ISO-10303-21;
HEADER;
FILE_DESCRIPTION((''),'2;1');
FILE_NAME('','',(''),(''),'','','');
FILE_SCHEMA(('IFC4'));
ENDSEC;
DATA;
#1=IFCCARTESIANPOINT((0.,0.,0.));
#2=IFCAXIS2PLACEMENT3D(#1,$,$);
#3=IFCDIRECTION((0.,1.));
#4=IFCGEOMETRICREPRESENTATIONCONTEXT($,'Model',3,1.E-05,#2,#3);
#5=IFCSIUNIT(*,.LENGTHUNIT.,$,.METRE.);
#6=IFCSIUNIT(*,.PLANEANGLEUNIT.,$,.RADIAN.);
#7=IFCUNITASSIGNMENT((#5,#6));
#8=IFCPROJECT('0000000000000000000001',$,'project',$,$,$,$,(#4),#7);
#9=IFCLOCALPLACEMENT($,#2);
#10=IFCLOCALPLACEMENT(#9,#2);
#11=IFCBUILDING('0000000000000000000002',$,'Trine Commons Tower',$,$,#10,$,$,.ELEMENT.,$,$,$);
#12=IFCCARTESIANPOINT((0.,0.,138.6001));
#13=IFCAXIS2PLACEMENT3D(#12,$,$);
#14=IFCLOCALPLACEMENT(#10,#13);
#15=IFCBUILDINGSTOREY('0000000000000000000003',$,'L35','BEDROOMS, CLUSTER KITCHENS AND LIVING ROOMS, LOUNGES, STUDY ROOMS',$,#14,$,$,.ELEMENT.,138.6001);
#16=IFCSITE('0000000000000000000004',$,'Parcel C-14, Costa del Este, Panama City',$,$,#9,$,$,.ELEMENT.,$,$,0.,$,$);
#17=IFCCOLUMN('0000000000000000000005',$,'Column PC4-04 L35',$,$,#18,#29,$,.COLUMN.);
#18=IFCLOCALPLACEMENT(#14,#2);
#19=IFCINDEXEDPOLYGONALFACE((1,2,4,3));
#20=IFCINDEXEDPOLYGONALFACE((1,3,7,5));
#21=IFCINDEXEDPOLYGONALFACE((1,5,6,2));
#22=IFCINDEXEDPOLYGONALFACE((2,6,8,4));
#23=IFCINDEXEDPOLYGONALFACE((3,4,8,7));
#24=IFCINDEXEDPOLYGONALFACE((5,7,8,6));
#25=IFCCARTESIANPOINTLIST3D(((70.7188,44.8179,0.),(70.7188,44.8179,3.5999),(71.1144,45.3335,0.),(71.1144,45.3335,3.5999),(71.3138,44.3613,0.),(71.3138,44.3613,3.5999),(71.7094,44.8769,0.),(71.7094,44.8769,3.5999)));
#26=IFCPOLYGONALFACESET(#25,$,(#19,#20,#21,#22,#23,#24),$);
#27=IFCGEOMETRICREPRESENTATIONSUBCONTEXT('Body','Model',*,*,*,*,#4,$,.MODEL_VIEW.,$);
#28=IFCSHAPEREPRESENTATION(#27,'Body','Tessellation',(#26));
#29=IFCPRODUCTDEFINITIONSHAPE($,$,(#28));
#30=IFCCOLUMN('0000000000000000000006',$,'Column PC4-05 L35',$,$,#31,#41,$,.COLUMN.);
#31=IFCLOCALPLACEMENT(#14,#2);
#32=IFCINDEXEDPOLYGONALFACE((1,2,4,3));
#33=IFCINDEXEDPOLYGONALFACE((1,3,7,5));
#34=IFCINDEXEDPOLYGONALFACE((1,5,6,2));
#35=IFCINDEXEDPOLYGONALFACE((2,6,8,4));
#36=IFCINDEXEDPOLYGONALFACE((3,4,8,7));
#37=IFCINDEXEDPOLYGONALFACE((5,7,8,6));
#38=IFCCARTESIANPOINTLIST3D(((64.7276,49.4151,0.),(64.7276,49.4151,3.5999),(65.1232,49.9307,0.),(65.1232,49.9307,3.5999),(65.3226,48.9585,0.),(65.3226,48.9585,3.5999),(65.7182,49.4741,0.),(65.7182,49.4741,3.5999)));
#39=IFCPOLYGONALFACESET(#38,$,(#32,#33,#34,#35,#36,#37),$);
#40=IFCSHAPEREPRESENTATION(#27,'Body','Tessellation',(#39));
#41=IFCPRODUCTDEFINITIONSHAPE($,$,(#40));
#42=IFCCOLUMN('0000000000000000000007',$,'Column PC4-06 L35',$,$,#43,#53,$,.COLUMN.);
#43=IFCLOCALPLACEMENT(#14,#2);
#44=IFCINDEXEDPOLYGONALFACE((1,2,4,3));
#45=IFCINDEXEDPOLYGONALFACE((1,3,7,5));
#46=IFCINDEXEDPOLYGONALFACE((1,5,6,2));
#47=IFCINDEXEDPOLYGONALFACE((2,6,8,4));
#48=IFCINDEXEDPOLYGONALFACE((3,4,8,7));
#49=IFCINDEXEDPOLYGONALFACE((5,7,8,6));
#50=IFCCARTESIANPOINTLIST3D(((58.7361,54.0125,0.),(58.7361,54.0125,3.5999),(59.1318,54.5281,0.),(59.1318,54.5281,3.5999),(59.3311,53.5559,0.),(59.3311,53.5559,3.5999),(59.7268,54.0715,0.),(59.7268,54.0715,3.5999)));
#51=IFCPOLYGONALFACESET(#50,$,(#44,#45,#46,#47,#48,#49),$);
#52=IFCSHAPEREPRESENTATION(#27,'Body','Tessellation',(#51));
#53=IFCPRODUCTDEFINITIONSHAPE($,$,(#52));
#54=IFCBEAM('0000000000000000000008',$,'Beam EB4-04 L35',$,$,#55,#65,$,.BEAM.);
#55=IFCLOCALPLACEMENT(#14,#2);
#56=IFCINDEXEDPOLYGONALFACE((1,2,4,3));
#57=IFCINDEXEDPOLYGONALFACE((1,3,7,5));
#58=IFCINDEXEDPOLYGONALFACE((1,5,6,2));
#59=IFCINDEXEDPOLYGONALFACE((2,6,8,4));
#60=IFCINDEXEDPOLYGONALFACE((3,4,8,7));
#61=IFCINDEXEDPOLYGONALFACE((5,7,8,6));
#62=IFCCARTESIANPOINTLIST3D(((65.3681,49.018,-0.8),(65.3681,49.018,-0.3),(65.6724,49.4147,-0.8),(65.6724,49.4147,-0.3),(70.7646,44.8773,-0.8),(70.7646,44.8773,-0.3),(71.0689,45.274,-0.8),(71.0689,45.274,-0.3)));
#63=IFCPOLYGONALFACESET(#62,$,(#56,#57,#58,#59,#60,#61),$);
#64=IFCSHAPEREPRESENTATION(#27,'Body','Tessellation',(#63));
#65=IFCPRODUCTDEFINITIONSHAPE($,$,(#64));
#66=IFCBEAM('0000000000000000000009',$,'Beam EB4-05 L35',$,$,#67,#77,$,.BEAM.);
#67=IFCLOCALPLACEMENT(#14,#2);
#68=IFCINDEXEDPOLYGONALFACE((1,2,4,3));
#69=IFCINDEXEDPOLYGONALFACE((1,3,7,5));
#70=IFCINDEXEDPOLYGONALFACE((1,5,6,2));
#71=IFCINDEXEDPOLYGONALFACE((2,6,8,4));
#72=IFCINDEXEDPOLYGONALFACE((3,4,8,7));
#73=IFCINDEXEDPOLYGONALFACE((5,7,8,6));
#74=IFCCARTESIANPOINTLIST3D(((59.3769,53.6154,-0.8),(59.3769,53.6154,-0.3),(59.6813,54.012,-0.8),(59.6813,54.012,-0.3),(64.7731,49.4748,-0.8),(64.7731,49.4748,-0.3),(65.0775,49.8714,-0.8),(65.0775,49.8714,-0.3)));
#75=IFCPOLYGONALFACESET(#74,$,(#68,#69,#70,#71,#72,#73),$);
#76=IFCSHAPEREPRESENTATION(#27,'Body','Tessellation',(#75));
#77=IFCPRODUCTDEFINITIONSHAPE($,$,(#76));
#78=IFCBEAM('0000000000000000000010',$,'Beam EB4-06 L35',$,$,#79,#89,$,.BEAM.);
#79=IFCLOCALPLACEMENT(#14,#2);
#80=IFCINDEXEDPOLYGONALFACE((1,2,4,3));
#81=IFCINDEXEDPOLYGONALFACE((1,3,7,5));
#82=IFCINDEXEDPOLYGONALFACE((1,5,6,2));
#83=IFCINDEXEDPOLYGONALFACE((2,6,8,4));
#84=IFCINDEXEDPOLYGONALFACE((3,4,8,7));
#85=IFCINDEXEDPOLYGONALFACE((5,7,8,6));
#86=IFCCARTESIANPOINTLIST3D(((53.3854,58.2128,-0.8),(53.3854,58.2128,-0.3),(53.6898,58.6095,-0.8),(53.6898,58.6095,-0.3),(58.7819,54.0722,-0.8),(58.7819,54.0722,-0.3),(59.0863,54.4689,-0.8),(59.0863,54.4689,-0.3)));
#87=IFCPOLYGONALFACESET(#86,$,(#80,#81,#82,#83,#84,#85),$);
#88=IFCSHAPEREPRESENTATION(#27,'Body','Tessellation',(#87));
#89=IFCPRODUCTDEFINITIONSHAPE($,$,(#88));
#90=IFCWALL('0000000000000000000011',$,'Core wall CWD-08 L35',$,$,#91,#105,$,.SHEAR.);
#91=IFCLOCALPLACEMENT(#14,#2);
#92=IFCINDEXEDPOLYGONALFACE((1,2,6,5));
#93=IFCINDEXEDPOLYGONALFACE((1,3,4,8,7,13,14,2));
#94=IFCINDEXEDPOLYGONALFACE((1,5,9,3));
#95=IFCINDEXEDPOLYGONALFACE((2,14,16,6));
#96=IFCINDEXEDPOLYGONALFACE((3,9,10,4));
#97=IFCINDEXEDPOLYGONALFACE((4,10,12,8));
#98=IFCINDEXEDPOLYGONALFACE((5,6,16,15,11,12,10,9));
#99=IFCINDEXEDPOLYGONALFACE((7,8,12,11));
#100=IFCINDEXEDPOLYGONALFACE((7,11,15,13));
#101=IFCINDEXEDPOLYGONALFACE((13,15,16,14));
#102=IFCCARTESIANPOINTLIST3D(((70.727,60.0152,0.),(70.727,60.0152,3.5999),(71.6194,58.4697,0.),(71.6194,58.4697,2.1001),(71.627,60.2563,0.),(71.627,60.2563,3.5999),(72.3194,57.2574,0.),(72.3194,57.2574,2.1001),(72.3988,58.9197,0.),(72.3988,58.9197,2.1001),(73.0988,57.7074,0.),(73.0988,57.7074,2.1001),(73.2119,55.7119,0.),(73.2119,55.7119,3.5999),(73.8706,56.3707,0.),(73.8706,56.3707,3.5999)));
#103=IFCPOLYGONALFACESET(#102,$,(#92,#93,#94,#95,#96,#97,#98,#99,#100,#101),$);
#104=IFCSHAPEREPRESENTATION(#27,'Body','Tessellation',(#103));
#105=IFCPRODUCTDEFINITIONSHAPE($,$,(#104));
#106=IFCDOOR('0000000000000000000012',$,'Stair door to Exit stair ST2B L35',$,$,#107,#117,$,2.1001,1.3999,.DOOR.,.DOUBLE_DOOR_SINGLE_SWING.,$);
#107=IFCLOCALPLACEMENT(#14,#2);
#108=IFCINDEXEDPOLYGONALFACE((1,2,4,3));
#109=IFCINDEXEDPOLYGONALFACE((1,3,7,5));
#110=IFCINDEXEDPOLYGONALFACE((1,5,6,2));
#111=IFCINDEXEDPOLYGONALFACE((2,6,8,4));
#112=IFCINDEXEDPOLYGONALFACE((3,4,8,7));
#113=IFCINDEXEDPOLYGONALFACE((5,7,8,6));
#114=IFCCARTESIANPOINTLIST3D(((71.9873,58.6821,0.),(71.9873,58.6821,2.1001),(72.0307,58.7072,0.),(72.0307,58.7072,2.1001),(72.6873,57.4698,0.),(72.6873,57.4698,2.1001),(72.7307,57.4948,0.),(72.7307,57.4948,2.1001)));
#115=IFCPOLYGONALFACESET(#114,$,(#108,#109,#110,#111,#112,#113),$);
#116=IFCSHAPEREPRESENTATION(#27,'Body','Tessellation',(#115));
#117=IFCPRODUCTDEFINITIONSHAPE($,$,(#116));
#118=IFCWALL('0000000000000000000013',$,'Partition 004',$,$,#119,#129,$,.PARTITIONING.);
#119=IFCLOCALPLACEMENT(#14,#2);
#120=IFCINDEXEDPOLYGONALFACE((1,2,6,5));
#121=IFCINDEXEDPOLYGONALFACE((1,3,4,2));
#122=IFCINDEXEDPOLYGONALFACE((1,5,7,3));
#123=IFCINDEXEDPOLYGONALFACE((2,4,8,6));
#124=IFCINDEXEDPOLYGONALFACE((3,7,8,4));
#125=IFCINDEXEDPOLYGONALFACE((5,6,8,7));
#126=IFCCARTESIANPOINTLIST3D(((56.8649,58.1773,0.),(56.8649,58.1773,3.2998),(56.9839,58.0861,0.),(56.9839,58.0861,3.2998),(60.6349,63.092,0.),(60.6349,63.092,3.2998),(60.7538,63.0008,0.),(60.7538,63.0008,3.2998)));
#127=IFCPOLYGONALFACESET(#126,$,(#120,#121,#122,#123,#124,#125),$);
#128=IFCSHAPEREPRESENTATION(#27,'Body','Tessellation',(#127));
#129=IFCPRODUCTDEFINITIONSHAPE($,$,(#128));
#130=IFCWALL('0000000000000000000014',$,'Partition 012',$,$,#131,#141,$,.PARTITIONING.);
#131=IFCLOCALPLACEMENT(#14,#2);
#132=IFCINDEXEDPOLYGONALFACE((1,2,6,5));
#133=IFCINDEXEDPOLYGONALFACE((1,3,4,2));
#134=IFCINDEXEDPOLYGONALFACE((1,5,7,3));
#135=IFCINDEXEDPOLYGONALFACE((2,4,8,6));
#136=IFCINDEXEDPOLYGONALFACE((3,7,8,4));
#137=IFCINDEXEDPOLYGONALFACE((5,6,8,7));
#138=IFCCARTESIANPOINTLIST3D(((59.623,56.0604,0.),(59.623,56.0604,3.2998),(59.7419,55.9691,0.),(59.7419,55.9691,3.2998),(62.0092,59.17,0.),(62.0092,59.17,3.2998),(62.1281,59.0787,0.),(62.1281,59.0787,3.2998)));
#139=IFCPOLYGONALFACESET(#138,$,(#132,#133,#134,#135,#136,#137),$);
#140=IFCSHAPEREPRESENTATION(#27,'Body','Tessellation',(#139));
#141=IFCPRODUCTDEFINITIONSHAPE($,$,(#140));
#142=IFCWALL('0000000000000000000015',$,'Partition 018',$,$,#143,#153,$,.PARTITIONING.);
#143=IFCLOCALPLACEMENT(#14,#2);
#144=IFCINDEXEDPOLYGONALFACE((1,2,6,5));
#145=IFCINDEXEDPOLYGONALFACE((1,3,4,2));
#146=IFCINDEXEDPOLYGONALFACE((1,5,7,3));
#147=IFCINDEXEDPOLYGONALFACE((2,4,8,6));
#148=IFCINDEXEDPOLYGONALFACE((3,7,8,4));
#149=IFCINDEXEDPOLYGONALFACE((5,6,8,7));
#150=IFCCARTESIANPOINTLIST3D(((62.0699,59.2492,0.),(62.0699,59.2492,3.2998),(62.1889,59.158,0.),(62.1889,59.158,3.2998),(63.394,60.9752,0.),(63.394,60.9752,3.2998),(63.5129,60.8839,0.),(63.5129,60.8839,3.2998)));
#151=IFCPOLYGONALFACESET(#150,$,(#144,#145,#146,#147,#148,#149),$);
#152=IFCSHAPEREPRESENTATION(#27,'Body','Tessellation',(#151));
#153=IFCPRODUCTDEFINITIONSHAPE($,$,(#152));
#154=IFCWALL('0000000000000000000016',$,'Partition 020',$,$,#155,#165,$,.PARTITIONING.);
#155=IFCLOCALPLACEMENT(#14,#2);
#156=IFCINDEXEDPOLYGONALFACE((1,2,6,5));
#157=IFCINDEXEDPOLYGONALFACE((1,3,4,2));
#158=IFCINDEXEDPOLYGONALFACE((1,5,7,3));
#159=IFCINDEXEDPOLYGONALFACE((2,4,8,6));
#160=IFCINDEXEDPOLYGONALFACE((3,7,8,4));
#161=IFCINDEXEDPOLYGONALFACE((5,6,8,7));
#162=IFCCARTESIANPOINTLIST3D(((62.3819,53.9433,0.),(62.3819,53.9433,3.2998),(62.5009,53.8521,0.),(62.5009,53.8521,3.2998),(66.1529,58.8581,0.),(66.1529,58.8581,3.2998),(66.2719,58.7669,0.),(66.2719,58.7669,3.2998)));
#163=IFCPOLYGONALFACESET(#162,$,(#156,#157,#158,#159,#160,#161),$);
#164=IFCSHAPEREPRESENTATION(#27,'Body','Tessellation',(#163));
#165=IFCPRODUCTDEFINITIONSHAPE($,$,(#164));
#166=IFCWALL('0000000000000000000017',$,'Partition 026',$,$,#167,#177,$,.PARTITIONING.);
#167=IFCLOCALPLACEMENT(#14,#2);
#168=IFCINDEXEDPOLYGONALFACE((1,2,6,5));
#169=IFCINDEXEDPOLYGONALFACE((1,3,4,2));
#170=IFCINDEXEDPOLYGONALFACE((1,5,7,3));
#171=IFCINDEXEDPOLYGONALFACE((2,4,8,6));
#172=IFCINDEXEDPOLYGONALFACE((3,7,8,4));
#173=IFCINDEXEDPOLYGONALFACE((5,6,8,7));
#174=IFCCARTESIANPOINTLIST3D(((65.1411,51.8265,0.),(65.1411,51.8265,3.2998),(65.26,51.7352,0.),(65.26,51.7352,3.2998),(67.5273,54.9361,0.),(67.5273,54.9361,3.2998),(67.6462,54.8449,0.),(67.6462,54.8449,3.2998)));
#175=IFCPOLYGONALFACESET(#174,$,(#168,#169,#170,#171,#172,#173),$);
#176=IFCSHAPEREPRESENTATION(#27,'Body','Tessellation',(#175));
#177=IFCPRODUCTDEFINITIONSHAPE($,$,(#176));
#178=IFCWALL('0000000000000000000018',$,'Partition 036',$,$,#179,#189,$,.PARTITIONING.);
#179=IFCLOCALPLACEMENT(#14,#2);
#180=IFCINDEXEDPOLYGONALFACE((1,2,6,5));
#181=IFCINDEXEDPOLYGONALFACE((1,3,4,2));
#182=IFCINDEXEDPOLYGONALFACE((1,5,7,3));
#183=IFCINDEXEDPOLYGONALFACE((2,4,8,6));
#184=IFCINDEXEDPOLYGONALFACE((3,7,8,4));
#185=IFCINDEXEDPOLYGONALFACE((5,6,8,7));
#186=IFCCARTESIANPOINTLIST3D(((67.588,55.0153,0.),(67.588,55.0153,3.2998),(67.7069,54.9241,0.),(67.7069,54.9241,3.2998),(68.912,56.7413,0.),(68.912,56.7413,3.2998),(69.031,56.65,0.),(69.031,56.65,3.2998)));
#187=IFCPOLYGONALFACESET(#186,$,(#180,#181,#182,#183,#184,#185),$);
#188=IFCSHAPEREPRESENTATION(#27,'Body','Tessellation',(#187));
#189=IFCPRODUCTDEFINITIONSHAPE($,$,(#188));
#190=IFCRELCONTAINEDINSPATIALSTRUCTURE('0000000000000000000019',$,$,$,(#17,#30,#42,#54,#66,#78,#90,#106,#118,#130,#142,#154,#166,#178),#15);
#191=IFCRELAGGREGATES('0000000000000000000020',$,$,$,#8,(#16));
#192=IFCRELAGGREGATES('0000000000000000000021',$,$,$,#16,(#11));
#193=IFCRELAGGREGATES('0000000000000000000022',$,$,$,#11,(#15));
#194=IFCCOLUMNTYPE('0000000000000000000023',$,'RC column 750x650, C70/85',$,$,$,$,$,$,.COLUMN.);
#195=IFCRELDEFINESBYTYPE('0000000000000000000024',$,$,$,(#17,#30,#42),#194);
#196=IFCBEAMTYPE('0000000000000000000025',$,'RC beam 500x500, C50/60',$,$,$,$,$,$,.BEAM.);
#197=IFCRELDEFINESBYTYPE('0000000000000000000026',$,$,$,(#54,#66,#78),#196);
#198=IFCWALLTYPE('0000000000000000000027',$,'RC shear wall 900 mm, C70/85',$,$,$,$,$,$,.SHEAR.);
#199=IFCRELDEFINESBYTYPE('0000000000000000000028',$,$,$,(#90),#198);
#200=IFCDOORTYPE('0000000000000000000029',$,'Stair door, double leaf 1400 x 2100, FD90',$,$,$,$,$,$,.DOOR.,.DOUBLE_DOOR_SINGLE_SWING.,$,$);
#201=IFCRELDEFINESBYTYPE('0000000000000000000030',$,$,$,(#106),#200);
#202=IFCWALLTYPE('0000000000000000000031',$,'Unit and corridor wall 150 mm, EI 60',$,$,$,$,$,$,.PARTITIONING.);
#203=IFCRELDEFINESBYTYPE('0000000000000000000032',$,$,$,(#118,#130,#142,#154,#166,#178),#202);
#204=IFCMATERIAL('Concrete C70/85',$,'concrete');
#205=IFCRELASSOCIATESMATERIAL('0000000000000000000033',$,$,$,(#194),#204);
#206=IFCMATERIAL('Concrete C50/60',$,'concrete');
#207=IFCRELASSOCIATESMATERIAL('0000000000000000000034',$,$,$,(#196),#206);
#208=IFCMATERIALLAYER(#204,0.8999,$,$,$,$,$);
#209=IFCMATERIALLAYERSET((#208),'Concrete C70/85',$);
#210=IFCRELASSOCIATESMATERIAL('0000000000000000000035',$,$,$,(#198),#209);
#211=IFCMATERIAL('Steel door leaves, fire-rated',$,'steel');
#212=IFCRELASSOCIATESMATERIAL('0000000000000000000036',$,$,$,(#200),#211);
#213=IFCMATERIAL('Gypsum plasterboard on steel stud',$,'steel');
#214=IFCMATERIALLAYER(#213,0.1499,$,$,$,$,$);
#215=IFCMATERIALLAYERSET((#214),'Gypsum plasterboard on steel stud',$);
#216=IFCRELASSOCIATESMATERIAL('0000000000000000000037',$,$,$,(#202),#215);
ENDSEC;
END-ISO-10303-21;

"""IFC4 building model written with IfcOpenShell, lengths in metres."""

from ifc_helpers import new_model, si_unit, direction, frame, frame_2d, origin, origin_2d, place, context, subcontext, project, spatial, polyline, rectangle, outline, extrude, material, layer, layer_set, material_profile, profile_set, type_object, element, fill, save


model = new_model("IFC4")

# Units and contexts
model_context = context("Model", 3, precision=1e-05, world=origin(), true_north=direction((0.0, 1.0)))
body_context = subcontext(model_context, "Body", "Model", "MODEL_VIEW")
ifc_project = project(units=[si_unit("LENGTHUNIT", "METRE"), si_unit("PLANEANGLEUNIT", "RADIAN")], contexts=[model_context])

# Site, building, storey
site_placement = place(None, origin())
site = spatial("IfcSite", under=ifc_project, at=site_placement, Name="Parcel C-14, Costa del Este, Panama City", CompositionType="ELEMENT", RefElevation=0.0)
building_placement = place(site_placement, origin())
building = spatial("IfcBuilding", under=site, at=building_placement, Name="Trine Commons Tower", CompositionType="ELEMENT")
storey_placement = place(building_placement, frame((0.0, 0.0, 138.6001)))
storey = spatial("IfcBuildingStorey", under=building, at=storey_placement, Name="L35", Description="BEDROOMS, CLUSTER KITCHENS AND LIVING ROOMS, LOUNGES, STUDY ROOMS", CompositionType="ELEMENT", Elevation=138.6001)

# Columns
ifc_material_1 = material(Name="Concrete C70/85", Category="concrete")
ifc_material_profile_1 = material_profile(ifc_material_1, rectangle(XDim=0.75, YDim=0.6499, at=origin_2d()), Name="RC 750x650")
ifc_profile_set_1 = profile_set([ifc_material_profile_1], Name="Concrete C70/85")
column_type = type_object("IfcColumnType", Name="RC column 750x650, C70/85", PredefinedType="COLUMN", material=ifc_profile_set_1)
for number, where, z_axis, x_axis, name in (
    (1, (71.2141, 44.8474, 0.0), (0.0, 0.0, 1.0), (-0.793353, 0.608761, 0.0), "Column PC4-04 L35"),
    (2, (65.2229, 49.4446, 0.0), (0.0, 0.0, 1.0), (-0.793353, 0.608761, 0.0), "Column PC4-05 L35"),
    (3, (59.2314, 54.042, 0.0), (0.0, 0.0, 1.0), (-0.793353, 0.608761, 0.0), "Column PC4-06 L35"),
):
    element("IfcColumn", number, at=place(storey_placement, frame(where, z_axis=z_axis, x_axis=x_axis)), inside=storey, type_object=column_type, Name=name, PredefinedType="COLUMN", context=body_context, shape_type="SweptSolid", body=[
        extrude(rectangle(XDim=0.75, YDim=0.6499, at=origin_2d()), origin(), (0.0, 0.0, 1.0), 3.5999),
    ])

# Beams
ifc_material_2 = material(Name="Concrete C50/60", Category="concrete")
ifc_material_profile_2 = material_profile(ifc_material_2, rectangle(XDim=0.5, YDim=0.5, at=origin_2d()), Name="RC 500x500")
ifc_profile_set_2 = profile_set([ifc_material_profile_2], Name="Concrete C50/60")
beam_type = type_object("IfcBeamType", Name="RC beam 500x500, C50/60", PredefinedType="BEAM", material=ifc_profile_set_2)
beam_1_placement = place(storey_placement, frame((70.9167, 45.0757, -0.55), z_axis=(-0.793371, 0.608739, 0.0), x_axis=(-0.608739, -0.793371, 0.0)))
element("IfcBeam", 4, at=beam_1_placement, inside=storey, type_object=beam_type, Name="Beam EB4-04 L35", PredefinedType="BEAM", context=body_context, shape_type="SweptSolid", body=[
    extrude(rectangle(XDim=0.5, YDim=0.5, at=origin_2d()), origin(), (0.0, 0.0, 1.0), 6.802),
])
beam_2_placement = place(storey_placement, frame((64.9253, 49.6731, -0.55), z_axis=(-0.793357, 0.608756, 0.0), x_axis=(-0.608756, -0.793357, 0.0)))
element("IfcBeam", 5, at=beam_2_placement, inside=storey, type_object=beam_type, Name="Beam EB4-05 L35", PredefinedType="BEAM", context=body_context, shape_type="SweptSolid", body=[
    extrude(rectangle(XDim=0.5, YDim=0.5, at=origin_2d()), origin(), (0.0, 0.0, 1.0), 6.8018),
])
beam_3_placement = place(storey_placement, frame((58.9341, 54.2705, -0.55), z_axis=(-0.793371, 0.608739, 0.0), x_axis=(-0.608739, -0.793371, 0.0)))
element("IfcBeam", 6, at=beam_3_placement, inside=storey, type_object=beam_type, Name="Beam EB4-06 L35", PredefinedType="BEAM", context=body_context, shape_type="SweptSolid", body=[
    extrude(rectangle(XDim=0.5, YDim=0.5, at=origin_2d()), origin(), (0.0, 0.0, 1.0), 6.802),
])

# Wall, opening, door
ifc_layer_1 = layer(ifc_material_1, 0.8999)
ifc_layer_set_1 = layer_set([ifc_layer_1], Name="Concrete C70/85")
wall_type_1 = type_object("IfcWallType", Name="RC shear wall 900 mm, C70/85", PredefinedType="SHEAR", material=ifc_layer_set_1)
wall_1_placement = place(storey_placement, frame((71.1167, 60.2402, 0.0), z_axis=(0.0, 0.0, 1.0), x_axis=(0.500039, -0.866003, 0.0)))
wall_1 = element("IfcWall", 7, at=wall_1_placement, inside=storey, type_object=wall_type_1, Name="Core wall CWD-08 L35", PredefinedType="SHEAR", context=body_context, shape_type="SweptSolid", body=[
    extrude(outline(polyline([(0.0, -0.45), (4.9692, -0.45), (4.728, 0.45), (0.2412, 0.45), (0.0, -0.45)])), origin(), (0.0, 0.0, 1.0), 3.5999),
])
opening_1_placement = place(wall_1_placement, frame((1.7847, 0.0, 0.0)))
opening_1 = element("IfcOpeningElement", 8, at=opening_1_placement, cuts=wall_1, PredefinedType="OPENING", context=body_context, shape_type="SweptSolid", body=[
    extrude(rectangle(XDim=1.3999, YDim=2.1001, at=frame_2d((0.7, 1.05))), frame((0.0, 0.46, 0.0), z_axis=(0.0, -1.0, 0.0), x_axis=(1.0, 0.0, 0.0)), (0.0, 0.0, 1.0), 0.9199),
])
ifc_material_3 = material(Name="Steel door leaves, fire-rated", Category="steel")
door_type_1 = type_object("IfcDoorType", Name="Stair door, double leaf 1400 x 2100, FD90", OperationType="DOUBLE_DOOR_SINGLE_SWING", PredefinedType="DOOR", material=ifc_material_3)
door_1_placement = place(opening_1_placement, origin())
door_1 = element("IfcDoor", 9, at=door_1_placement, inside=storey, type_object=door_type_1, Name="Stair door to Exit stair ST2B L35", OperationType="DOUBLE_DOOR_SINGLE_SWING", OverallHeight=2.1001, OverallWidth=1.3999, PredefinedType="DOOR", context=body_context, shape_type="SweptSolid", body=[
    extrude(rectangle(XDim=1.3999, YDim=2.1001, at=frame_2d((0.7, 1.05))), frame((0.0, 0.0249, 0.0), z_axis=(0.0, -1.0, 0.0), x_axis=(1.0, 0.0, 0.0)), (0.0, 0.0, 1.0), 0.05),
])
fill(opening_1, door_1)

# Walls
ifc_material_4 = material(Name="Gypsum plasterboard on steel stud", Category="steel")
ifc_layer_2 = layer(ifc_material_4, 0.1499)
ifc_layer_set_2 = layer_set([ifc_layer_2], Name="Gypsum plasterboard on steel stud")
wall_type_2 = type_object("IfcWallType", Name="Unit and corridor wall 150 mm, EI 60", PredefinedType="PARTITIONING", material=ifc_layer_set_2)
wall_2_placement = place(storey_placement, frame((56.9243, 58.1316, 0.0), z_axis=(0.0, 0.0, 1.0), x_axis=(0.608636, 0.79345, 0.0)))
element("IfcWall", 10, at=wall_2_placement, inside=storey, type_object=wall_type_2, Name="Partition 004", PredefinedType="PARTITIONING", context=body_context, shape_type="SweptSolid", body=[
    extrude(rectangle(XDim=6.1941, YDim=0.1499, at=frame_2d((3.0972, 0.0))), origin(), (0.0, 0.0, 1.0), 3.2998),
])
wall_3_placement = place(storey_placement, frame((59.6824, 56.0146, 0.0), z_axis=(0.0, 0.0, 1.0), x_axis=(0.608783, 0.793337, 0.0)))
element("IfcWall", 11, at=wall_3_placement, inside=storey, type_object=wall_type_2, Name="Partition 012", PredefinedType="PARTITIONING", context=body_context, shape_type="SweptSolid", body=[
    extrude(rectangle(XDim=3.9197, YDim=0.1499, at=frame_2d((1.96, 0.0))), origin(), (0.0, 0.0, 1.0), 3.2998),
])
wall_4_placement = place(storey_placement, frame((62.1294, 59.2036, 0.0), z_axis=(0.0, 0.0, 1.0), x_axis=(0.608674, 0.79342, 0.0)))
element("IfcWall", 12, at=wall_4_placement, inside=storey, type_object=wall_type_2, Name="Partition 018", PredefinedType="PARTITIONING", context=body_context, shape_type="SweptSolid", body=[
    extrude(rectangle(XDim=2.1753, YDim=0.1499, at=frame_2d((1.0876, 0.0))), origin(), (0.0, 0.0, 1.0), 3.2998),
])
wall_5_placement = place(storey_placement, frame((62.4414, 53.8977, 0.0), z_axis=(0.0, 0.0, 1.0), x_axis=(0.608735, 0.793374, 0.0)))
element("IfcWall", 13, at=wall_5_placement, inside=storey, type_object=wall_type_2, Name="Partition 020", PredefinedType="PARTITIONING", context=body_context, shape_type="SweptSolid", body=[
    extrude(rectangle(XDim=6.1948, YDim=0.1499, at=frame_2d((3.0974, 0.0))), origin(), (0.0, 0.0, 1.0), 3.2998),
])
wall_6_placement = place(storey_placement, frame((65.2004, 51.7808, 0.0), z_axis=(0.0, 0.0, 1.0), x_axis=(0.608783, 0.793337, 0.0)))
element("IfcWall", 14, at=wall_6_placement, inside=storey, type_object=wall_type_2, Name="Partition 026", PredefinedType="PARTITIONING", context=body_context, shape_type="SweptSolid", body=[
    extrude(rectangle(XDim=3.9197, YDim=0.1499, at=frame_2d((1.96, 0.0))), origin(), (0.0, 0.0, 1.0), 3.2998),
])
wall_7_placement = place(storey_placement, frame((67.6475, 54.9697, 0.0), z_axis=(0.0, 0.0, 1.0), x_axis=(0.608674, 0.79342, 0.0)))
element("IfcWall", 15, at=wall_7_placement, inside=storey, type_object=wall_type_2, Name="Partition 036", PredefinedType="PARTITIONING", context=body_context, shape_type="SweptSolid", body=[
    extrude(rectangle(XDim=2.1753, YDim=0.1499, at=frame_2d((1.0876, 0.0))), origin(), (0.0, 0.0, 1.0), 3.2998),
])

save(model, "model.ifc")
